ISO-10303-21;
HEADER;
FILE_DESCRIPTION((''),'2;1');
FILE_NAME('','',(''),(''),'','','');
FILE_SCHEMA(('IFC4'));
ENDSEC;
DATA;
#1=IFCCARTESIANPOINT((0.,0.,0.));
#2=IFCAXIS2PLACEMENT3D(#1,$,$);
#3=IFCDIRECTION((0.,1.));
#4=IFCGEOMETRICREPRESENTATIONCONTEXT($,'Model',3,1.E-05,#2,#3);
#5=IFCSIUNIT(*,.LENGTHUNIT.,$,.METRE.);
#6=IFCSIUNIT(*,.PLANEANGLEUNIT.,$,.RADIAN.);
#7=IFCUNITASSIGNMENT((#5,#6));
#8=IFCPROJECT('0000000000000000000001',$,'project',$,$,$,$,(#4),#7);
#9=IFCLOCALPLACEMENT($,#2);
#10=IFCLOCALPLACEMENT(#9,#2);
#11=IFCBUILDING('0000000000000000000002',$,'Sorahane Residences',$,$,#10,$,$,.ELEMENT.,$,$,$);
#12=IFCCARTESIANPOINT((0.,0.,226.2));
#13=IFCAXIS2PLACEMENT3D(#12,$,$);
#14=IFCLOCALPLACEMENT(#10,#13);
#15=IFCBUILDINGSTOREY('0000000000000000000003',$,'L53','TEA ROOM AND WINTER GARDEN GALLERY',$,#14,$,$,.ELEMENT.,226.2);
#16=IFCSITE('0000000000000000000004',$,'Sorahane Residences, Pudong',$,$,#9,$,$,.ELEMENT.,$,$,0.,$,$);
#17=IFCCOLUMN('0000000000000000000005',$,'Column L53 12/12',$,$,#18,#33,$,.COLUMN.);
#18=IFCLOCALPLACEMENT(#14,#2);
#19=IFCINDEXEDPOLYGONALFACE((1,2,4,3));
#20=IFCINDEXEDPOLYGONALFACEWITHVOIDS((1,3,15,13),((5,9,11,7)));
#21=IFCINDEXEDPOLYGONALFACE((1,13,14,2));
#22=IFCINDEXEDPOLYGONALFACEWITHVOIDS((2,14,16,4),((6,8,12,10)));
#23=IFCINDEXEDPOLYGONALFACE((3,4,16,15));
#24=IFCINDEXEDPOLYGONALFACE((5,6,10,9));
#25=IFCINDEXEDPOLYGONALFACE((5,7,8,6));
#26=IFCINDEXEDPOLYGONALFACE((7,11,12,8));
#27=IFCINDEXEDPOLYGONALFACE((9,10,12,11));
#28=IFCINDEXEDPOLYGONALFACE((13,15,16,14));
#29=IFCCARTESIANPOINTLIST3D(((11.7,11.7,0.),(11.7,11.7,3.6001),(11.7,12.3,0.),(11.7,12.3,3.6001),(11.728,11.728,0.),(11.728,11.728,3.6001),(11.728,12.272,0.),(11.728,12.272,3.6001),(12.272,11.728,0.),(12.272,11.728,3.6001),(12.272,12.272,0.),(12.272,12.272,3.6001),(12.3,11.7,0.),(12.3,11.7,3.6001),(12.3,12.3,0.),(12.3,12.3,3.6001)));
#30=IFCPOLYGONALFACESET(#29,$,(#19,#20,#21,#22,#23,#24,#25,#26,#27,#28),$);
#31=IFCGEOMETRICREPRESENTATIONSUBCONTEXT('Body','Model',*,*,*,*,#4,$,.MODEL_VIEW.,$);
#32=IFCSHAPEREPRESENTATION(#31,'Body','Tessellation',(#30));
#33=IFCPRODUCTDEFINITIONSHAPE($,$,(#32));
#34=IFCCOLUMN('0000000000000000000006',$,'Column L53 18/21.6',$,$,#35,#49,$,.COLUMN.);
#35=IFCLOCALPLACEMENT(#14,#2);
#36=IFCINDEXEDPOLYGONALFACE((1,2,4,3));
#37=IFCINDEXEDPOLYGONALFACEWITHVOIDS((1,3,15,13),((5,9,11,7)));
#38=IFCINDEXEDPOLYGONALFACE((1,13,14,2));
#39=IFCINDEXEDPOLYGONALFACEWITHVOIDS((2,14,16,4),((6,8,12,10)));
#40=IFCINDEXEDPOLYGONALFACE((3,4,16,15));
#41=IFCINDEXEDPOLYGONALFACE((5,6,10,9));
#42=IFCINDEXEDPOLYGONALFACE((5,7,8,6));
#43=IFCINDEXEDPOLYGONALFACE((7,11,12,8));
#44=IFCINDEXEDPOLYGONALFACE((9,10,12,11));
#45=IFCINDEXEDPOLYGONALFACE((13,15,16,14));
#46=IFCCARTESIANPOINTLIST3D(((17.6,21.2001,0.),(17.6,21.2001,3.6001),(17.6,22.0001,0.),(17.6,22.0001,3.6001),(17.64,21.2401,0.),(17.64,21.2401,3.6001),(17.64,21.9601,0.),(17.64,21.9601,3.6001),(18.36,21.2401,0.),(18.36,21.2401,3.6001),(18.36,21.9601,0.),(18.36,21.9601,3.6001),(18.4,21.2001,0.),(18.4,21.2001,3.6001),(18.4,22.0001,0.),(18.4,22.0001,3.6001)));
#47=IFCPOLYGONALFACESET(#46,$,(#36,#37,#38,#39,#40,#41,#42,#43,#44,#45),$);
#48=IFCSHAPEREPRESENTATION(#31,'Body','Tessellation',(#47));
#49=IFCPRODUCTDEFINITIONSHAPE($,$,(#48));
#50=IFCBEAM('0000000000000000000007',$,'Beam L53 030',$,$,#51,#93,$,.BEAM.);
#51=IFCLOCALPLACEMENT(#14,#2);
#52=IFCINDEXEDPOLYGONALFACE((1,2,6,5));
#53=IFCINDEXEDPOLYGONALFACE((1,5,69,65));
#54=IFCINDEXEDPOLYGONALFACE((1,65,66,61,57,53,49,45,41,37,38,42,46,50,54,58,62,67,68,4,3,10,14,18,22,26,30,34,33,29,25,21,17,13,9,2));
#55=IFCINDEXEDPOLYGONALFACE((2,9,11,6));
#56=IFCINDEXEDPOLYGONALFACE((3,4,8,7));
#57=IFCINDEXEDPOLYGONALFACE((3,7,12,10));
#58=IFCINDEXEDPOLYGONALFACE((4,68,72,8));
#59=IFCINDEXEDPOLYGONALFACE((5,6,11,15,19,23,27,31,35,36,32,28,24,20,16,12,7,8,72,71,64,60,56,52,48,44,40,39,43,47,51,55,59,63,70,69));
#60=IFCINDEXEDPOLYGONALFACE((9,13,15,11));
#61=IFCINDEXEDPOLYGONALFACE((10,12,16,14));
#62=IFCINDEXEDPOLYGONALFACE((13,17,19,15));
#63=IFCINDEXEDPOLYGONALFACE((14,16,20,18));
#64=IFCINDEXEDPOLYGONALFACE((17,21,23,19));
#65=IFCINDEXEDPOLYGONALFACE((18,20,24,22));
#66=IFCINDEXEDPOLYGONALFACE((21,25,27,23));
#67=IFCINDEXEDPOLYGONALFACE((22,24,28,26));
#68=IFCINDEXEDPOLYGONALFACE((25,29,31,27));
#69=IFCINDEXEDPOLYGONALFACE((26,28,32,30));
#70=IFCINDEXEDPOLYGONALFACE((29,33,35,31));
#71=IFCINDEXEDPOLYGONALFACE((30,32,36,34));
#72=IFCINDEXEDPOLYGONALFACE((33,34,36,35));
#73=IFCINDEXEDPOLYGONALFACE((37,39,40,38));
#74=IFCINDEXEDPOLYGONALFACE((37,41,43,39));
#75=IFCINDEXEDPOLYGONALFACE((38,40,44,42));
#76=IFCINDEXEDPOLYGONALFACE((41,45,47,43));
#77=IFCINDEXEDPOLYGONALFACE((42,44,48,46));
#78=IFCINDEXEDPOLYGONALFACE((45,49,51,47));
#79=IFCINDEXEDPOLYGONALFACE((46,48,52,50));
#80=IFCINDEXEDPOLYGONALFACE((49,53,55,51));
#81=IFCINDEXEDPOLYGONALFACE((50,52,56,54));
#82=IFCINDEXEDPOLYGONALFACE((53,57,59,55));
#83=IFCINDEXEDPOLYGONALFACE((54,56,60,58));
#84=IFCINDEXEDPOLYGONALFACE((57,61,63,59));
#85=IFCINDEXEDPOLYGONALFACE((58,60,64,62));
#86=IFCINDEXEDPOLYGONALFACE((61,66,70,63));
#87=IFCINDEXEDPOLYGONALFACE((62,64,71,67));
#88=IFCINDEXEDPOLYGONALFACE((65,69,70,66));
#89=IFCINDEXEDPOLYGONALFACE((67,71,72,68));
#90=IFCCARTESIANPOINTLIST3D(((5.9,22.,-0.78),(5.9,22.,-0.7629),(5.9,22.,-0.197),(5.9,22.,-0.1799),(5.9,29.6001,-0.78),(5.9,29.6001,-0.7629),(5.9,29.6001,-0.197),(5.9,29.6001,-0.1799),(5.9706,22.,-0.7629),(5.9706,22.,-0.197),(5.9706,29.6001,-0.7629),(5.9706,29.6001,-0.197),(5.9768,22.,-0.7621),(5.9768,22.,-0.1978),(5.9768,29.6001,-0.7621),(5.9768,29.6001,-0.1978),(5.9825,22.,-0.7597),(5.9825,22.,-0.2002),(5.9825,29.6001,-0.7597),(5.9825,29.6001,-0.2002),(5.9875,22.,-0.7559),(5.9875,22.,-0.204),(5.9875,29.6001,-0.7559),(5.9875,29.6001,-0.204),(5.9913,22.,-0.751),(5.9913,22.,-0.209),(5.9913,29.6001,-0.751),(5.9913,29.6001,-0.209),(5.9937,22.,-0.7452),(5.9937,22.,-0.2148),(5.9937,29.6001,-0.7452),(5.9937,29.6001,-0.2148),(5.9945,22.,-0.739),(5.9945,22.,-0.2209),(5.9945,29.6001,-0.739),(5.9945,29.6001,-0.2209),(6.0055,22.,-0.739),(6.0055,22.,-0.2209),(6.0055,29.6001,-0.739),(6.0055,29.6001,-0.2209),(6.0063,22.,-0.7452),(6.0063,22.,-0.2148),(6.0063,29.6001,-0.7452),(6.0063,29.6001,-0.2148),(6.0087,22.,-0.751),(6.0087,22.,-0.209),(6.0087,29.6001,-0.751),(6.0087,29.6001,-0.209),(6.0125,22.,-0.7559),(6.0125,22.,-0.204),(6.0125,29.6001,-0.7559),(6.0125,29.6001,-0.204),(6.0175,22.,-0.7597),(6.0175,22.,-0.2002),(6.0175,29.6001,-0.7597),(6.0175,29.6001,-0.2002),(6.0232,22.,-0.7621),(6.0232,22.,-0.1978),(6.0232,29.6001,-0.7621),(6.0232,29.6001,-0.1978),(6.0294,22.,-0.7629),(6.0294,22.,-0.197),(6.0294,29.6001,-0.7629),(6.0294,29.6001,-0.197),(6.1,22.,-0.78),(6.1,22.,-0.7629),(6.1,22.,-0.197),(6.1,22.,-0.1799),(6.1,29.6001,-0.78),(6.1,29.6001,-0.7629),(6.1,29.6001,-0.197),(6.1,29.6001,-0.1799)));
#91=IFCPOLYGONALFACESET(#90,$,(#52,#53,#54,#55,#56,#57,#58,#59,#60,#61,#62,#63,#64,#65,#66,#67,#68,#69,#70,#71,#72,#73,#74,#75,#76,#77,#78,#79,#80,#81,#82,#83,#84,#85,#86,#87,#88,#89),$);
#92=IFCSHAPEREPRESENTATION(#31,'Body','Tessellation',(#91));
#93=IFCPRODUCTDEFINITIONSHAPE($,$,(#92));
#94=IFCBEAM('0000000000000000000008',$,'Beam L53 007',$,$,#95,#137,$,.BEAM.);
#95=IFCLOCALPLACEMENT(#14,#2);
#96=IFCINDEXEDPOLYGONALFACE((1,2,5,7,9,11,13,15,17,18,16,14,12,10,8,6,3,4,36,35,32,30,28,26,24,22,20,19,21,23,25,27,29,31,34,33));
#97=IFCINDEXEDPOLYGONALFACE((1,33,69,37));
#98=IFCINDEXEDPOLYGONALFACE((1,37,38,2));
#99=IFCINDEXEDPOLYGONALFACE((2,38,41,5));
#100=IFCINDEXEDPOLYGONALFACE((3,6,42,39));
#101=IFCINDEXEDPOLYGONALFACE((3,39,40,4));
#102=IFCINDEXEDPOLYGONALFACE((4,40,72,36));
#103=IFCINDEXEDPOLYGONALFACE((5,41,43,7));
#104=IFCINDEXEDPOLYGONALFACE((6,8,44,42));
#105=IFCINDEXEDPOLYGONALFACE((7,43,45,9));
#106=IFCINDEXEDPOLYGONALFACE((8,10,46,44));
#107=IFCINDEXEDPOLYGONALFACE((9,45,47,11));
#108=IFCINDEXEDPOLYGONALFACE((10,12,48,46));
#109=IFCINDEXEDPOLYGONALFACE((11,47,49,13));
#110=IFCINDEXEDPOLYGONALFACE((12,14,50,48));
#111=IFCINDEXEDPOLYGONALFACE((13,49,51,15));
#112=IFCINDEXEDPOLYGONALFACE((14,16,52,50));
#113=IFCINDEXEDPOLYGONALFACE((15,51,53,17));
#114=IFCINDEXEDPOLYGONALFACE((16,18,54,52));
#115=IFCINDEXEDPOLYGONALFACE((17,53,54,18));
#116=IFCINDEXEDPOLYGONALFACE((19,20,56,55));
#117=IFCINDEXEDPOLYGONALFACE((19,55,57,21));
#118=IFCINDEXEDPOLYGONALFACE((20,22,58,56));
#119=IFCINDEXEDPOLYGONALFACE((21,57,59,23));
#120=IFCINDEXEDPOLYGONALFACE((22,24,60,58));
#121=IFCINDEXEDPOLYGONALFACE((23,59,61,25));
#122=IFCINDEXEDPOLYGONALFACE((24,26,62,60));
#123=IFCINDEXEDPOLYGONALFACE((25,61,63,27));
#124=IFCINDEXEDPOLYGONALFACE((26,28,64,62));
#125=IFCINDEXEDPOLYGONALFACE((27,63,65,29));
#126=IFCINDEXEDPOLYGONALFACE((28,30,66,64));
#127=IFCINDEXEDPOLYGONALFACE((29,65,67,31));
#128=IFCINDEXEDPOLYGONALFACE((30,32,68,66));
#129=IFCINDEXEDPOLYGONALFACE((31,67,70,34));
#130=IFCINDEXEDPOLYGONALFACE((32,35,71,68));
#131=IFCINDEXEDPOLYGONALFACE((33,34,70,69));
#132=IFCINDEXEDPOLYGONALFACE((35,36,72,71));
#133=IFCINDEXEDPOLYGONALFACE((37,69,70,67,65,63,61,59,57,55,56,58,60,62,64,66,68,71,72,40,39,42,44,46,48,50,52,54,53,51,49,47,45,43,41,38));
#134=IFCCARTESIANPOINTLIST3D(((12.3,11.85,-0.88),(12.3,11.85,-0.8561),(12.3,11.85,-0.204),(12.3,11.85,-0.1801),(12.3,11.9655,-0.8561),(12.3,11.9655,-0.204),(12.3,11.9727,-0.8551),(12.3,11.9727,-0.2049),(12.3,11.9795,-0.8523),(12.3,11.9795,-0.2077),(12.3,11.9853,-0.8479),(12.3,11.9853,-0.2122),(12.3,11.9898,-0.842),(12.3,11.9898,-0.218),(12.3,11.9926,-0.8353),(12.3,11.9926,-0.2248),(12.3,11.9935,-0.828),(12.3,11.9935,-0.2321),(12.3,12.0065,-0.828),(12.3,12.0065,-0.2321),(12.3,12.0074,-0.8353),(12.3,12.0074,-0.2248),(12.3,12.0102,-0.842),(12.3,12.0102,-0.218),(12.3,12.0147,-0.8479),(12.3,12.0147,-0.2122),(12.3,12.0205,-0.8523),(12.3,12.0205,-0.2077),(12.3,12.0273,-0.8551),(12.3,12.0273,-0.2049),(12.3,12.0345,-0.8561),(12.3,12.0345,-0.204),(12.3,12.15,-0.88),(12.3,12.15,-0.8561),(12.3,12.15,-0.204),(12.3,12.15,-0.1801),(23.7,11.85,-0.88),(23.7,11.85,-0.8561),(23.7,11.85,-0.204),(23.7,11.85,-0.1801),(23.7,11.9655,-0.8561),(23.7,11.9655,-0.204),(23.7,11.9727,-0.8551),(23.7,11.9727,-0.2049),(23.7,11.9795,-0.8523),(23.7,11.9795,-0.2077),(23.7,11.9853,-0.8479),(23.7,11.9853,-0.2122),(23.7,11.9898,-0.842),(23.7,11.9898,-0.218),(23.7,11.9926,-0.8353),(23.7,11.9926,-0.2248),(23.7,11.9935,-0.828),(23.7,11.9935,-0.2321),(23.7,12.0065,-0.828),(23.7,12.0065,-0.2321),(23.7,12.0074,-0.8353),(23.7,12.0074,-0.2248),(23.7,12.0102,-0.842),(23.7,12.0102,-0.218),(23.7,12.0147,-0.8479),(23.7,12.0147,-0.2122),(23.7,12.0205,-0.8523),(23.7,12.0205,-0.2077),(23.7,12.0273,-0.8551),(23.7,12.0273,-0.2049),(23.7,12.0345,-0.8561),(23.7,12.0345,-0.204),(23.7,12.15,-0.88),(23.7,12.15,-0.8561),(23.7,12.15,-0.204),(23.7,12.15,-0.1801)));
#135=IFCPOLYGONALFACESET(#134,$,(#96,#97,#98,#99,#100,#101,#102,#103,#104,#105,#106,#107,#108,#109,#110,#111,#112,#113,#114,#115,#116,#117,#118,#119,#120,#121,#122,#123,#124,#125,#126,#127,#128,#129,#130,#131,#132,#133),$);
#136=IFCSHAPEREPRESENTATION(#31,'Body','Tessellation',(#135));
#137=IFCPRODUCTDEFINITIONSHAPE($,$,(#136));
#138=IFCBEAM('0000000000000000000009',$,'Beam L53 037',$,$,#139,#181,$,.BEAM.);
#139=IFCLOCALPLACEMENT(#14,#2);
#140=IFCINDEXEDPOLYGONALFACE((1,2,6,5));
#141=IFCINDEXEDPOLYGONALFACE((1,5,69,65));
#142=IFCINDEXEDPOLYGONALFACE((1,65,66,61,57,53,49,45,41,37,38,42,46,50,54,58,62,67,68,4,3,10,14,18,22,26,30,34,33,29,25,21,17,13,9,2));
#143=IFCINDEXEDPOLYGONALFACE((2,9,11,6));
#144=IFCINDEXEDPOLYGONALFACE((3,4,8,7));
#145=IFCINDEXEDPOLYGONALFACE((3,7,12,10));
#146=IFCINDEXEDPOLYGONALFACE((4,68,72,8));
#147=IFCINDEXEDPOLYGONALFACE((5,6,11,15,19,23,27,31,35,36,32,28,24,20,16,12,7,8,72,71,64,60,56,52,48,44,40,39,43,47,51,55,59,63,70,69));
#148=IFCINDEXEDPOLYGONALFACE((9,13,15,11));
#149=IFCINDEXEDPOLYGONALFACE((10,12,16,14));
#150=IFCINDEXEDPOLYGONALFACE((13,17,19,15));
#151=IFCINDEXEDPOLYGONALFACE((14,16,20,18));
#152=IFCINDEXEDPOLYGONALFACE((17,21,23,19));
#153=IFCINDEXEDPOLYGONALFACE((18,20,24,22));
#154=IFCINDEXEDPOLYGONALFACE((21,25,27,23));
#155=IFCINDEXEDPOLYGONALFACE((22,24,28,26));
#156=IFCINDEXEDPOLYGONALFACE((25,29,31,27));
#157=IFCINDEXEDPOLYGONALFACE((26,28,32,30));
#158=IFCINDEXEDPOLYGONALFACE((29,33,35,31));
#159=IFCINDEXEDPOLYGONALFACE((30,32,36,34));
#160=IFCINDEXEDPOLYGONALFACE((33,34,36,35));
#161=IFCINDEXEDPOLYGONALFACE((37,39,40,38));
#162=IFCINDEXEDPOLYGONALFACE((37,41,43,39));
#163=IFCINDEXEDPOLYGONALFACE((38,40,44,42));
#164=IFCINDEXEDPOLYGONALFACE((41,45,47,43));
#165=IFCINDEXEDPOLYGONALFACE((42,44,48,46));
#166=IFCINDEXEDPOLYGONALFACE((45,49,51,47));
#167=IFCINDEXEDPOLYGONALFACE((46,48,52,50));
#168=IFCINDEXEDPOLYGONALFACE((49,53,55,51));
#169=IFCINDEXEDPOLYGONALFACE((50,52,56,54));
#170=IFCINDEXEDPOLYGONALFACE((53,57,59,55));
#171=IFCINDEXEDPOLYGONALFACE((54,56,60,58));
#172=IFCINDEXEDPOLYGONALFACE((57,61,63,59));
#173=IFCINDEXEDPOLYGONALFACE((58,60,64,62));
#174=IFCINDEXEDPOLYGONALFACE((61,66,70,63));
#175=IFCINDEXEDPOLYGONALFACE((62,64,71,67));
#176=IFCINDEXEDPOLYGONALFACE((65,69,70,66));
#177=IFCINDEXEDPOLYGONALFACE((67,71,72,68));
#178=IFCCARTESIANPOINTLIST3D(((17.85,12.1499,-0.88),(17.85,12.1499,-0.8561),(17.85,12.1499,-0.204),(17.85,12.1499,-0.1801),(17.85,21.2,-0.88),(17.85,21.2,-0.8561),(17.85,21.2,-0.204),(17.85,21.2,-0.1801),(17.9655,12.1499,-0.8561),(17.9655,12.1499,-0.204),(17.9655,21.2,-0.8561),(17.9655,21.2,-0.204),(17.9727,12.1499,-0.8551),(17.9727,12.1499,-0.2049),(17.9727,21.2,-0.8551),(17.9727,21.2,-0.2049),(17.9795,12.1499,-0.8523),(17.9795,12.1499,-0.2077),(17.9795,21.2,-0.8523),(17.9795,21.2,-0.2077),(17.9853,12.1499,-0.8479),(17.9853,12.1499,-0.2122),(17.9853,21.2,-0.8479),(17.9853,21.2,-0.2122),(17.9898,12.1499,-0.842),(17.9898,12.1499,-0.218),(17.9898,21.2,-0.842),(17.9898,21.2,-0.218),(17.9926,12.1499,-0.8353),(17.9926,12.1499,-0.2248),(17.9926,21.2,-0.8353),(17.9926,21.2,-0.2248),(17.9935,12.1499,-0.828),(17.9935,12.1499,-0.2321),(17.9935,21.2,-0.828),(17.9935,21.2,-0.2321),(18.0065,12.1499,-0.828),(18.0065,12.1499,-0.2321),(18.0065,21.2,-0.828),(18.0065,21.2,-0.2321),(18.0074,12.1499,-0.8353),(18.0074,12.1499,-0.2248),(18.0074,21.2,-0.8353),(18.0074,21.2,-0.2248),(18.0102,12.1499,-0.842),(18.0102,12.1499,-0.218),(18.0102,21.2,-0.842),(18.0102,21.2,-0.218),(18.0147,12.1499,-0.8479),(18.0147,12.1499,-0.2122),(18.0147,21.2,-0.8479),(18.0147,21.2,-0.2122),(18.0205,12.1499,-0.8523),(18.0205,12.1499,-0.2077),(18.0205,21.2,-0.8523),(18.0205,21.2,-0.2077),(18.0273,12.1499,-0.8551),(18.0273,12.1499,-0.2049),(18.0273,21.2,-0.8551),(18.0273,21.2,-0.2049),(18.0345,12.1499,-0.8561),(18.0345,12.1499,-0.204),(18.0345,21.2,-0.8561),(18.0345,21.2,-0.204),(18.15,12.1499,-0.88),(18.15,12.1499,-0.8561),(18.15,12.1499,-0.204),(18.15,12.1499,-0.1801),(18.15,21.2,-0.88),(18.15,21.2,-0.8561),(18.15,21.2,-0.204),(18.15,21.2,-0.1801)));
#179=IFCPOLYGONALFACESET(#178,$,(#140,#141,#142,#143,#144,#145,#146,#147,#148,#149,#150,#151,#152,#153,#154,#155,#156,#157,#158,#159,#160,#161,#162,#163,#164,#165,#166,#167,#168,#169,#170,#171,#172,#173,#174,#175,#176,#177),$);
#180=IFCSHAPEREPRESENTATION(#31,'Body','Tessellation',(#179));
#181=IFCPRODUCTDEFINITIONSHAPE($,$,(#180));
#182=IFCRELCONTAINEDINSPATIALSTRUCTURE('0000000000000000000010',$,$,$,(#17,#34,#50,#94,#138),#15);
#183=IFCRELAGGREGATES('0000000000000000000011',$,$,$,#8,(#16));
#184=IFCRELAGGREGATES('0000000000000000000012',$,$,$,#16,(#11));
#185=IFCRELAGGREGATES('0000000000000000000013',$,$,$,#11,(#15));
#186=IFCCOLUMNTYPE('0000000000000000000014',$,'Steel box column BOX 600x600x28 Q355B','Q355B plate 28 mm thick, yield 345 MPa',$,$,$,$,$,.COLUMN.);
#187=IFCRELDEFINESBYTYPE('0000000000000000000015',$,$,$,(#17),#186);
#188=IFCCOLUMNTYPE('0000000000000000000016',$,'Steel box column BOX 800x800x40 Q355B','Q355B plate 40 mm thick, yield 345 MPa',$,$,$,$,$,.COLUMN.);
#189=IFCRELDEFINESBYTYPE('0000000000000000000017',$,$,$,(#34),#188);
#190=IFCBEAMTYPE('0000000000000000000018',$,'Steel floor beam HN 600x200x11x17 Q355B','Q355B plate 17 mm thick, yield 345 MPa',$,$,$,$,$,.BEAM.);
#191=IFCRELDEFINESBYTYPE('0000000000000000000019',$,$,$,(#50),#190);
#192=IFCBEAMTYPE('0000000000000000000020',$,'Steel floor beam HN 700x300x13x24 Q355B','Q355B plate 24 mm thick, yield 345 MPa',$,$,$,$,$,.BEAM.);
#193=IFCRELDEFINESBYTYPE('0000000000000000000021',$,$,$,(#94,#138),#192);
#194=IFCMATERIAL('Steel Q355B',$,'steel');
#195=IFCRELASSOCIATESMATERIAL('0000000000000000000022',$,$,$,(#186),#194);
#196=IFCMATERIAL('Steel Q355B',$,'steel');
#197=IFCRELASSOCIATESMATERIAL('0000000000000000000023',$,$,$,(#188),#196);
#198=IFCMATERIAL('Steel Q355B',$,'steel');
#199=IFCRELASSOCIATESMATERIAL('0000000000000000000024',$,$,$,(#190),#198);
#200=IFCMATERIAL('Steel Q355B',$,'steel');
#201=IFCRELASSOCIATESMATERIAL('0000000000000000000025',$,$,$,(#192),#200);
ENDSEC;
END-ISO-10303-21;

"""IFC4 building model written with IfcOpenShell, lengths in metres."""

from ifc_helpers import new_model, si_unit, direction, frame, origin, origin_2d, place, context, subcontext, project, spatial, hollow_rectangle, i_section, extrude, material, material_profile, profile_set, type_object, element, save


model = new_model("IFC4")

# Units and contexts
model_context = context("Model", 3, precision=1e-05, world=origin(), true_north=direction((0.0, 1.0)))
body_context = subcontext(model_context, "Body", "Model", "MODEL_VIEW")
ifc_project = project(units=[si_unit("LENGTHUNIT", "METRE"), si_unit("PLANEANGLEUNIT", "RADIAN")], contexts=[model_context])

# Site, building, storey
site_placement = place(None, origin())
site = spatial("IfcSite", under=ifc_project, at=site_placement, Name="Sorahane Residences, Pudong", CompositionType="ELEMENT", RefElevation=0.0)
building_placement = place(site_placement, origin())
building = spatial("IfcBuilding", under=site, at=building_placement, Name="Sorahane Residences", CompositionType="ELEMENT")
storey_placement = place(building_placement, frame((0.0, 0.0, 226.2)))
storey = spatial("IfcBuildingStorey", under=building, at=storey_placement, Name="L53", Description="TEA ROOM AND WINTER GARDEN GALLERY", CompositionType="ELEMENT", Elevation=226.2)

# Columns
ifc_material_1 = material(Name="Steel Q355B", Category="steel")
ifc_material_profile_1 = material_profile(ifc_material_1, hollow_rectangle(XDim=0.6001, YDim=0.6001, WallThickness=0.0281, at=origin_2d()), Name="BOX 600x600x28")
ifc_profile_set_1 = profile_set([ifc_material_profile_1], Name="Steel Q355B")
column_type_1 = type_object("IfcColumnType", Name="Steel box column BOX 600x600x28 Q355B", Description="Q355B plate 28 mm thick, yield 345 MPa", PredefinedType="COLUMN", material=ifc_profile_set_1)
column_1_placement = place(storey_placement, frame((12.0, 12.0, 0.0), z_axis=(0.0, 0.0, 1.0), x_axis=(1.0, 0.0, 0.0)))
element("IfcColumn", 1, at=column_1_placement, inside=storey, type_object=column_type_1, Name="Column L53 12/12", PredefinedType="COLUMN", context=body_context, shape_type="SweptSolid", body=[
    extrude(hollow_rectangle(XDim=0.6001, YDim=0.6001, WallThickness=0.0281, at=origin_2d()), origin(), (0.0, 0.0, 1.0), 3.6001),
])
ifc_material_2 = material(Name="Steel Q355B", Category="steel")
ifc_material_profile_2 = material_profile(ifc_material_2, hollow_rectangle(XDim=0.8, YDim=0.8, WallThickness=0.04, at=origin_2d()), Name="BOX 800x800x40")
ifc_profile_set_2 = profile_set([ifc_material_profile_2], Name="Steel Q355B")
column_type_2 = type_object("IfcColumnType", Name="Steel box column BOX 800x800x40 Q355B", Description="Q355B plate 40 mm thick, yield 345 MPa", PredefinedType="COLUMN", material=ifc_profile_set_2)
column_2_placement = place(storey_placement, frame((18.0, 21.6001, 0.0), z_axis=(0.0, 0.0, 1.0), x_axis=(1.0, 0.0, 0.0)))
element("IfcColumn", 2, at=column_2_placement, inside=storey, type_object=column_type_2, Name="Column L53 18/21.6", PredefinedType="COLUMN", context=body_context, shape_type="SweptSolid", body=[
    extrude(hollow_rectangle(XDim=0.8, YDim=0.8, WallThickness=0.04, at=origin_2d()), origin(), (0.0, 0.0, 1.0), 3.6001),
])

# Beams
ifc_material_3 = material(Name="Steel Q355B", Category="steel")
ifc_material_profile_3 = material_profile(ifc_material_3, i_section(OverallWidth=0.2, OverallDepth=0.6001, WebThickness=0.011, FlangeThickness=0.0171, FilletRadius=0.0239, at=origin_2d()), Name="HN 600x200x11x17")
ifc_profile_set_3 = profile_set([ifc_material_profile_3], Name="Steel Q355B")
beam_type_1 = type_object("IfcBeamType", Name="Steel floor beam HN 600x200x11x17 Q355B", Description="Q355B plate 17 mm thick, yield 345 MPa", PredefinedType="BEAM", material=ifc_profile_set_3)
beam_1_placement = place(storey_placement, frame((6.0, 22.0, -0.48), z_axis=(0.0, 1.0, 0.0), x_axis=(-1.0, 0.0, 0.0)))
element("IfcBeam", 3, at=beam_1_placement, inside=storey, type_object=beam_type_1, Name="Beam L53 030", PredefinedType="BEAM", context=body_context, shape_type="SweptSolid", body=[
    extrude(i_section(OverallWidth=0.2, OverallDepth=0.6001, WebThickness=0.011, FlangeThickness=0.0171, FilletRadius=0.0239, at=origin_2d()), origin(), (0.0, 0.0, 1.0), 7.6001),
])
ifc_material_4 = material(Name="Steel Q355B", Category="steel")
ifc_material_profile_4 = material_profile(ifc_material_4, i_section(OverallWidth=0.3, OverallDepth=0.7, WebThickness=0.0129, FlangeThickness=0.0239, FilletRadius=0.0281, at=origin_2d()), Name="HN 700x300x13x24")
ifc_profile_set_4 = profile_set([ifc_material_profile_4], Name="Steel Q355B")
beam_type_2 = type_object("IfcBeamType", Name="Steel floor beam HN 700x300x13x24 Q355B", Description="Q355B plate 24 mm thick, yield 345 MPa", PredefinedType="BEAM", material=ifc_profile_set_4)
beam_2_placement = place(storey_placement, frame((12.3, 12.0, -0.53), z_axis=(1.0, 0.0, 0.0), x_axis=(0.0, 1.0, 0.0)))
element("IfcBeam", 4, at=beam_2_placement, inside=storey, type_object=beam_type_2, Name="Beam L53 007", PredefinedType="BEAM", context=body_context, shape_type="SweptSolid", body=[
    extrude(i_section(OverallWidth=0.3, OverallDepth=0.7, WebThickness=0.0129, FlangeThickness=0.0239, FilletRadius=0.0281, at=origin_2d()), origin(), (0.0, 0.0, 1.0), 11.3999),
])
beam_3_placement = place(storey_placement, frame((18.0, 12.1499, -0.53), z_axis=(0.0, 1.0, 0.0), x_axis=(-1.0, 0.0, 0.0)))
element("IfcBeam", 5, at=beam_3_placement, inside=storey, type_object=beam_type_2, Name="Beam L53 037", PredefinedType="BEAM", context=body_context, shape_type="SweptSolid", body=[
    extrude(i_section(OverallWidth=0.3, OverallDepth=0.7, WebThickness=0.0129, FlangeThickness=0.0239, FilletRadius=0.0281, at=origin_2d()), origin(), (0.0, 0.0, 1.0), 9.05),
])

save(model, "model.ifc")
